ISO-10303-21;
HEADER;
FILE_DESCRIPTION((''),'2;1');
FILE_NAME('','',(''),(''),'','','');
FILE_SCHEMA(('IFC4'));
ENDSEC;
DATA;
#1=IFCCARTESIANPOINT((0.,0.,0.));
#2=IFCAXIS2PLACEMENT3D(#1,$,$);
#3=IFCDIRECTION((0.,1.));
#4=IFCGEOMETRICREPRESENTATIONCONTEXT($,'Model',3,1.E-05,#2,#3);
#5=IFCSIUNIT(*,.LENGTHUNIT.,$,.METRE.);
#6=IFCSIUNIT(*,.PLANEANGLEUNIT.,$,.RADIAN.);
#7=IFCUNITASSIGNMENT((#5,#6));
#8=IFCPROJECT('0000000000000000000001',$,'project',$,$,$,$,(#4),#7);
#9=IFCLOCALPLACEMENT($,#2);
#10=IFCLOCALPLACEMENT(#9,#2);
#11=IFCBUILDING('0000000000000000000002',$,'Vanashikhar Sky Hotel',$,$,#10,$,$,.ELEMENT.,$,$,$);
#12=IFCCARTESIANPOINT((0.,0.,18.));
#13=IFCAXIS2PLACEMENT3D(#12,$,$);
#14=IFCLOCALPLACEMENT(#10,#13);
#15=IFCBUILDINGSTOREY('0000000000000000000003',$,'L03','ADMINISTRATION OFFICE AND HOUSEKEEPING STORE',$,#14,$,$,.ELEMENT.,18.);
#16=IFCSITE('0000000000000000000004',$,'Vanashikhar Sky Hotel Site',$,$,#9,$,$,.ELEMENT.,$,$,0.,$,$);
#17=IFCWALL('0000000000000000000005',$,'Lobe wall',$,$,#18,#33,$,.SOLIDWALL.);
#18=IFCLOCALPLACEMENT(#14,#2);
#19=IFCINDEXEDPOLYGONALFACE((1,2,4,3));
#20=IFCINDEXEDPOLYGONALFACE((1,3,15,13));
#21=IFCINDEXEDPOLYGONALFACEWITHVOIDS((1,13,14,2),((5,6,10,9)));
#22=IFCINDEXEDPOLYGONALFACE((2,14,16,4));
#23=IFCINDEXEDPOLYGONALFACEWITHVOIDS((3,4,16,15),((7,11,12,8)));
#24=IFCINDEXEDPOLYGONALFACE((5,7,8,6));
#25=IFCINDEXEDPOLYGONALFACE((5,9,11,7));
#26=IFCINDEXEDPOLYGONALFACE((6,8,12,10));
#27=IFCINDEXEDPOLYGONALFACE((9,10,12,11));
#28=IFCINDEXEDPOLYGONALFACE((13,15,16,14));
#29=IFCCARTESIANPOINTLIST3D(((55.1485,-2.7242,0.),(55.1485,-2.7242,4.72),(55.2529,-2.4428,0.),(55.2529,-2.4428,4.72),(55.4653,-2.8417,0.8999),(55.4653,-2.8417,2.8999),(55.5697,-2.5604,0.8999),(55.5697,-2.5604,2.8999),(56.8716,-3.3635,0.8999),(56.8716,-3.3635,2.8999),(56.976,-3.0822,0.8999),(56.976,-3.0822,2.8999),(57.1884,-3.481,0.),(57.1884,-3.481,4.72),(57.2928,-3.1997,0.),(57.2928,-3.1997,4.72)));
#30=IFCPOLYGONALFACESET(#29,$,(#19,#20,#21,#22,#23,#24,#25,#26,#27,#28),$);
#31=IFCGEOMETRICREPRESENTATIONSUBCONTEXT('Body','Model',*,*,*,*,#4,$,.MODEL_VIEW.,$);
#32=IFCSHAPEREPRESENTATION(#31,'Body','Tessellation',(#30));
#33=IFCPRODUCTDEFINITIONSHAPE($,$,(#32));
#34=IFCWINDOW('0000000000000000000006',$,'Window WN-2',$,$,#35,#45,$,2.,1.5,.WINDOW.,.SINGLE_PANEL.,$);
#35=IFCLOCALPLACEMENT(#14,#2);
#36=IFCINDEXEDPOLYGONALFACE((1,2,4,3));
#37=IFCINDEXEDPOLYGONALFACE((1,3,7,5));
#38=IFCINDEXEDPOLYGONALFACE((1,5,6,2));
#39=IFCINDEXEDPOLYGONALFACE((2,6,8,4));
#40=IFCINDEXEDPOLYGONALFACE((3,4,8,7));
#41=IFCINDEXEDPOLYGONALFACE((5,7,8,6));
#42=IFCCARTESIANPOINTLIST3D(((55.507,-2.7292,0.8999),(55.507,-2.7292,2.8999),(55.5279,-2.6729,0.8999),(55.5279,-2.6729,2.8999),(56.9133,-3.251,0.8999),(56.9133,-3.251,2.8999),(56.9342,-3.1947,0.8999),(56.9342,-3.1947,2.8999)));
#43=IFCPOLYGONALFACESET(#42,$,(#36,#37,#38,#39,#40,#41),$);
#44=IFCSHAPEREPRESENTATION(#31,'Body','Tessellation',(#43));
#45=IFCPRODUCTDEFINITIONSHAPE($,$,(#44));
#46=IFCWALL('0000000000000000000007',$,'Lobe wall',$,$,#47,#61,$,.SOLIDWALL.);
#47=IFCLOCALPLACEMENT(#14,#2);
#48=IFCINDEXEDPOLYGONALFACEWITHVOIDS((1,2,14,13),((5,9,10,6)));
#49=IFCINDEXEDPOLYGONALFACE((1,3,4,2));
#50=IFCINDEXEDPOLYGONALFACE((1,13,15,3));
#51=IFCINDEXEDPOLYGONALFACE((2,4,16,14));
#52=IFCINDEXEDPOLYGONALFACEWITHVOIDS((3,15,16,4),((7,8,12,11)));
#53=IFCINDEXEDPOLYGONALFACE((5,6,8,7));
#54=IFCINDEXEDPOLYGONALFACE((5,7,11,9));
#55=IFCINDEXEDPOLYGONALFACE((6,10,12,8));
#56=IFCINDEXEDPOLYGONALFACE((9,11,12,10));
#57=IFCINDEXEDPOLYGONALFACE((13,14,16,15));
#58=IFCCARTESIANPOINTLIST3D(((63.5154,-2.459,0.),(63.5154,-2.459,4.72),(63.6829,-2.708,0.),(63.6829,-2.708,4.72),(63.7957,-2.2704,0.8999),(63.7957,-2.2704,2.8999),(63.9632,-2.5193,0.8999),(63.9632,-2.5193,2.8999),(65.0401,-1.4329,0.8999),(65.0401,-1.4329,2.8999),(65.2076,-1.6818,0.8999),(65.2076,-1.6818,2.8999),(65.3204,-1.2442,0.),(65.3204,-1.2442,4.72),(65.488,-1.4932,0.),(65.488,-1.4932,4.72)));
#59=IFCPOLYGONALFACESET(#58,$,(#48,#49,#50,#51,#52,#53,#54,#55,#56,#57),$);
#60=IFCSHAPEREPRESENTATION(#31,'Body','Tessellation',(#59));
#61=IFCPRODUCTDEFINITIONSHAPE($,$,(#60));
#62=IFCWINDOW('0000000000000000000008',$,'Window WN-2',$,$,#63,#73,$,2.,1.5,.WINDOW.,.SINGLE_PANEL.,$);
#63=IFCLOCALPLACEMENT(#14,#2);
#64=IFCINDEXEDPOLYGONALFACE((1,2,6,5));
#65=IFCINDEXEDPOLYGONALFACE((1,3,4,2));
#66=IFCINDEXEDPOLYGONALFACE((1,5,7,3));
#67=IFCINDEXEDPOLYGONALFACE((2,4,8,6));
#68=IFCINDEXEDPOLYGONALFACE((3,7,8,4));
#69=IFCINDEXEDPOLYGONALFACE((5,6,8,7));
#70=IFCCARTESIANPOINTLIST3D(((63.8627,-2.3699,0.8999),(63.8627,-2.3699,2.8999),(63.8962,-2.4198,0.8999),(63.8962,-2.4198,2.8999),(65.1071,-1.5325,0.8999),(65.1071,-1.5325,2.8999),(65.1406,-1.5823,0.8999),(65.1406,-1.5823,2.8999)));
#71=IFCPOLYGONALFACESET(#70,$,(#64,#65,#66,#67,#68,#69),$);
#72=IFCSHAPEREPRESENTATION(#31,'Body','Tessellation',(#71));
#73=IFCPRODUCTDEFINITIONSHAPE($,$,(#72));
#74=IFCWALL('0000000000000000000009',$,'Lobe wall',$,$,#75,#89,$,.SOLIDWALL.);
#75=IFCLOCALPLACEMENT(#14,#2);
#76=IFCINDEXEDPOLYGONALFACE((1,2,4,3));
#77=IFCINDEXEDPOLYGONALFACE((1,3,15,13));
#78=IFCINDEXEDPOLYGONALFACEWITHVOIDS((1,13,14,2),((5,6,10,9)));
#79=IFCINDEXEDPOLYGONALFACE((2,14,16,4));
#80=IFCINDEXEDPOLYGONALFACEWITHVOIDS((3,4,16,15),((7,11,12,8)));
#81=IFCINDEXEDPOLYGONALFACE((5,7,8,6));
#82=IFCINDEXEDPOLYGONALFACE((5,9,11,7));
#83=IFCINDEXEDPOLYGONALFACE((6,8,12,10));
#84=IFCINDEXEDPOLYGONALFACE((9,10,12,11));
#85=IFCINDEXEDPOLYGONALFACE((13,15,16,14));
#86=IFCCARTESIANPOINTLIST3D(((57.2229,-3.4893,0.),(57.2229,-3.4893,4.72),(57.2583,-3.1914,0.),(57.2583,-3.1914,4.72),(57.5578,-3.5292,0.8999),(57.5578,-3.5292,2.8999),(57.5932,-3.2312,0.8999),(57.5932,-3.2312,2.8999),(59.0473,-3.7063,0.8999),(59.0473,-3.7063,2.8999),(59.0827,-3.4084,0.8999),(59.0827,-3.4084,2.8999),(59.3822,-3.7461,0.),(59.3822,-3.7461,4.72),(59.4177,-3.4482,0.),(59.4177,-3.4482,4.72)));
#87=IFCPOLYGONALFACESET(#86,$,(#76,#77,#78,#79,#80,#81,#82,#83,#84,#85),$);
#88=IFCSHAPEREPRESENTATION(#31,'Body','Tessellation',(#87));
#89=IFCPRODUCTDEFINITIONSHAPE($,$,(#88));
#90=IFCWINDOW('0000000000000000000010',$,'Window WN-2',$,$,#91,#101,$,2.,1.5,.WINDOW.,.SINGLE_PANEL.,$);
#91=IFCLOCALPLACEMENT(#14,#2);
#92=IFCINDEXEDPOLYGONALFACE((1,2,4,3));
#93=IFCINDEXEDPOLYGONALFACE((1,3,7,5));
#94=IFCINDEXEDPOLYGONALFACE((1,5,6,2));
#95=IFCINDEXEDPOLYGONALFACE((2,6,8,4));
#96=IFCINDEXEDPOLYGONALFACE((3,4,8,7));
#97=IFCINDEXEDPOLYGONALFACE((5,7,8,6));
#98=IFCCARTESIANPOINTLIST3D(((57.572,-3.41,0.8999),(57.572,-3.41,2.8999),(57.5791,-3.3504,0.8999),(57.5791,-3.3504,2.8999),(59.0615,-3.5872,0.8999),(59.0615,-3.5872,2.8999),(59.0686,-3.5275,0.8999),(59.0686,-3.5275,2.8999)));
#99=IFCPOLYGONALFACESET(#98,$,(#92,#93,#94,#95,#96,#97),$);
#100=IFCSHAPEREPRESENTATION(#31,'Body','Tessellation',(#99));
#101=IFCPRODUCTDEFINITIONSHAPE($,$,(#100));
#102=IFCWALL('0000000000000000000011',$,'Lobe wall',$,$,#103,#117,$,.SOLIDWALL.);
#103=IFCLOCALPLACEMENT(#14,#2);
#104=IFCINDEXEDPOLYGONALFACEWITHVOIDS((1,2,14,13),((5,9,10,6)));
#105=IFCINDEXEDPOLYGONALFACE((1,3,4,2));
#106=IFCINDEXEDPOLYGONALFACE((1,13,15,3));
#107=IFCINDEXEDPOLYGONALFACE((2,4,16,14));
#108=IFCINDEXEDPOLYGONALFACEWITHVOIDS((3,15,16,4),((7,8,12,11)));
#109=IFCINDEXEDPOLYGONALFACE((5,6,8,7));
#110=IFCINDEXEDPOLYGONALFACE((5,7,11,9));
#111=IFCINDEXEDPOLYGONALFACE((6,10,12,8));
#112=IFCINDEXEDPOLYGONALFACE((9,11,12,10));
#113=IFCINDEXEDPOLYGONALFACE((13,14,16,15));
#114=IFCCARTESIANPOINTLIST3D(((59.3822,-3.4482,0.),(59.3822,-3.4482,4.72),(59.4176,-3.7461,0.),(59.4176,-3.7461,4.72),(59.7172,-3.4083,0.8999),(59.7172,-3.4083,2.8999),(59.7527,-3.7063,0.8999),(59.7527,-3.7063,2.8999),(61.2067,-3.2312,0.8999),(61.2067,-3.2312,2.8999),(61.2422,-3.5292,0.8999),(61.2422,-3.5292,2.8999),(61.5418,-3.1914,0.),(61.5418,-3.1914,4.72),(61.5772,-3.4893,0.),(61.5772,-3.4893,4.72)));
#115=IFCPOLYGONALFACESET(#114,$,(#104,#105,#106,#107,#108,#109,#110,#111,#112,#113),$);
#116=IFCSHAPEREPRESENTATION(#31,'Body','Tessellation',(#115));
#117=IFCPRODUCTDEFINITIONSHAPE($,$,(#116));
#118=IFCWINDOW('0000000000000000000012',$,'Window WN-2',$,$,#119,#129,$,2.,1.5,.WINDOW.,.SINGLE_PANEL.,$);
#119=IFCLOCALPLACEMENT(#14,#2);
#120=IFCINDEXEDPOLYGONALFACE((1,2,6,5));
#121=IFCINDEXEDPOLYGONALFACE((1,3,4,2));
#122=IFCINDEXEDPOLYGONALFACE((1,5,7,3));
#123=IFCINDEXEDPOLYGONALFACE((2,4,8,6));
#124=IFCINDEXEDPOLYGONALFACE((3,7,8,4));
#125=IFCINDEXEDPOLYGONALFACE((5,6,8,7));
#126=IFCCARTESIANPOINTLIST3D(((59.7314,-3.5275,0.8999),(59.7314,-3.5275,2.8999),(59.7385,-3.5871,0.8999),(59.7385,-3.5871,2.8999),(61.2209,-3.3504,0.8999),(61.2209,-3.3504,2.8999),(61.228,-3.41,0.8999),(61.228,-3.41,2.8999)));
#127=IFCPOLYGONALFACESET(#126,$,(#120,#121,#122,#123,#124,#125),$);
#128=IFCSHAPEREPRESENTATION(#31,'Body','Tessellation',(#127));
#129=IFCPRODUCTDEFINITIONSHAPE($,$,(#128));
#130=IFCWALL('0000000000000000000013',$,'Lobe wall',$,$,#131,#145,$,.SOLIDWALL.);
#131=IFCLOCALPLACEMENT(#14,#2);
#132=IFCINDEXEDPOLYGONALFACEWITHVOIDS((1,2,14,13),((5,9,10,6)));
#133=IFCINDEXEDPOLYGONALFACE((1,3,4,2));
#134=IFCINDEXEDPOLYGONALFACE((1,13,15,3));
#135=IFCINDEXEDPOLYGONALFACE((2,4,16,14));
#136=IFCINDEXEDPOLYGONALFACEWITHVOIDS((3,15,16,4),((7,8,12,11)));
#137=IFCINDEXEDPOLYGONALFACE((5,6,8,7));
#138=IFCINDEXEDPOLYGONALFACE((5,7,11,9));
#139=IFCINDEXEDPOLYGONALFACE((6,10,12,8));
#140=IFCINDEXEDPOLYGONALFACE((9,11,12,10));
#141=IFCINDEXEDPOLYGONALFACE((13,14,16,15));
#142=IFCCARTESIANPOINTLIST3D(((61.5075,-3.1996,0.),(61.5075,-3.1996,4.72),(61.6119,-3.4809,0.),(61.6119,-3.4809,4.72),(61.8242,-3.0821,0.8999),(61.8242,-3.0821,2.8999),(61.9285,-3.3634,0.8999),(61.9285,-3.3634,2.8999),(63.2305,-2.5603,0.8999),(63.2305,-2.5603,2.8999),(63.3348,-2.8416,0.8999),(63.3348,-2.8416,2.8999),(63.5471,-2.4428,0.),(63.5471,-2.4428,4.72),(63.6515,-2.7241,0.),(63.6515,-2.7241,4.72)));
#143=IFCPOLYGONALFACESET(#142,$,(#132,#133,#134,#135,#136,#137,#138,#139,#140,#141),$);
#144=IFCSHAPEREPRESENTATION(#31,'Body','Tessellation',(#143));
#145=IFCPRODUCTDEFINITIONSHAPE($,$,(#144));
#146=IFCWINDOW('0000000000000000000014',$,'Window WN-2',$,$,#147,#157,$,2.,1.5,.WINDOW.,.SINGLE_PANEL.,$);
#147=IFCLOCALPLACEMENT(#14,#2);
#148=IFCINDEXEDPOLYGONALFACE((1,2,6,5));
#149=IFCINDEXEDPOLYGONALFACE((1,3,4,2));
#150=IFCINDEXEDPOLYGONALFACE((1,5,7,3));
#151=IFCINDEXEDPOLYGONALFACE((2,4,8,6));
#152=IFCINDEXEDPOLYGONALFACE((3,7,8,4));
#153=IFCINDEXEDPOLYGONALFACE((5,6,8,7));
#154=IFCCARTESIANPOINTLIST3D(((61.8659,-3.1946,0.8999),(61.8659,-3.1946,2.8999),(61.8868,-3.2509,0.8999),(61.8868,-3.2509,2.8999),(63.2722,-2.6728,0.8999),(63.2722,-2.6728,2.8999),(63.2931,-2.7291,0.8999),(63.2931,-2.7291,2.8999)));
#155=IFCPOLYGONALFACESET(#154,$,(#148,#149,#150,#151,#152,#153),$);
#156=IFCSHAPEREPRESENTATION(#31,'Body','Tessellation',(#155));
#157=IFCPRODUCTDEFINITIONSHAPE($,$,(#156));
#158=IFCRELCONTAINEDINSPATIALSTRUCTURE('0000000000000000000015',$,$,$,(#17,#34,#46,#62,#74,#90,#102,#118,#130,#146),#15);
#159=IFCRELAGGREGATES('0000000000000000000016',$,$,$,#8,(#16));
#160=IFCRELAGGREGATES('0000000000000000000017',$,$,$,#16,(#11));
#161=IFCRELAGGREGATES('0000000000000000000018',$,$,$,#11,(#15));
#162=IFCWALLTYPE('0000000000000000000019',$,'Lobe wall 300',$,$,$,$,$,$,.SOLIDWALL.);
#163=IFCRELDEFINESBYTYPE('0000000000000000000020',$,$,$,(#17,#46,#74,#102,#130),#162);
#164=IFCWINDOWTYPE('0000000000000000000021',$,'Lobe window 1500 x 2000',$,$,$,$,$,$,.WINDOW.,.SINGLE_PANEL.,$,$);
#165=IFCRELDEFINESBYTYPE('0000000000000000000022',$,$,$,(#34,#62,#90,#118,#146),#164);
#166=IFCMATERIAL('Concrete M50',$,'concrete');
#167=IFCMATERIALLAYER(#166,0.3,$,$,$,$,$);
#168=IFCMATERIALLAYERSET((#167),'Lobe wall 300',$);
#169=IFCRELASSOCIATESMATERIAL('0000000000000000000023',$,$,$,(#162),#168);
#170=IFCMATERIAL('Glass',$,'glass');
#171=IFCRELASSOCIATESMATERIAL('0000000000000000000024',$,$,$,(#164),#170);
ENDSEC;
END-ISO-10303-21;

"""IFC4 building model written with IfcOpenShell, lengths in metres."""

from ifc_helpers import new_model, si_unit, direction, frame, frame_2d, origin, place, context, subcontext, project, spatial, rectangle, extrude, source, transform, mapped, material, layer, layer_set, type_object, element, fill, save


model = new_model("IFC4")

# Units and contexts
model_context = context("Model", 3, precision=1e-05, world=origin(), true_north=direction((0.0, 1.0)))
body_context = subcontext(model_context, "Body", "Model", "MODEL_VIEW")
ifc_project = project(units=[si_unit("LENGTHUNIT", "METRE"), si_unit("PLANEANGLEUNIT", "RADIAN")], contexts=[model_context])

# Site, building, storey
site_placement = place(None, origin())
site = spatial("IfcSite", under=ifc_project, at=site_placement, Name="Vanashikhar Sky Hotel Site", CompositionType="ELEMENT", RefElevation=0.0)
building_placement = place(site_placement, origin())
building = spatial("IfcBuilding", under=site, at=building_placement, Name="Vanashikhar Sky Hotel", CompositionType="ELEMENT")
storey_placement = place(building_placement, frame((0.0, 0.0, 18.0)))
storey = spatial("IfcBuildingStorey", under=building, at=storey_placement, Name="L03", Description="ADMINISTRATION OFFICE AND HOUSEKEEPING STORE", CompositionType="ELEMENT", Elevation=18.0)

# Shared definitions
ifc_material_1 = material(Name="Concrete M50", Category="concrete")

# Shared definitions
ifc_layer_1 = layer(ifc_material_1, 0.3)
ifc_layer_set_1 = layer_set([ifc_layer_1], Name="Lobe wall 300")
wall_type_1 = type_object("IfcWallType", Name="Lobe wall 300", PredefinedType="SOLIDWALL", material=ifc_layer_set_1)

# Walls, openings, windows
shared_shape_1 = source(origin(), body_context, "Body", "SweptSolid", [
    extrude(rectangle(XDim=1.5, YDim=2.0, at=frame_2d((0.75, 1.0))), frame((0.0, 0.1602, 0.0), z_axis=(0.0, -1.0, 0.0), x_axis=(1.0, 0.0, 0.0)), (0.0, 0.0, 1.0), 0.3201),
])
ifc_material_2 = material(Name="Glass", Category="glass")
window_type = type_object("IfcWindowType", Name="Lobe window 1500 x 2000", PartitioningType="SINGLE_PANEL", PredefinedType="WINDOW", material=ifc_material_2)
shared_shape_2 = source(origin(), body_context, "Body", "SweptSolid", [
    extrude(rectangle(XDim=1.5, YDim=2.0, at=frame_2d((0.75, 1.0))), frame((0.0, 0.03, 0.0), z_axis=(0.0, -1.0, 0.0), x_axis=(1.0, 0.0, 0.0)), (0.0, 0.0, 1.0), 0.0601),
])
shared_shape_3 = source(origin(), body_context, "Body", "SweptSolid", [
    extrude(rectangle(XDim=2.1758, YDim=0.3, at=frame_2d((1.0879, 0.0))), origin(), (0.0, 0.0, 1.0), 4.72),
])
wall_1_placement = place(storey_placement, frame((55.2007, -2.5835, 0.0), z_axis=(0.0, 0.0, 1.0), x_axis=(0.937546, -0.347863, 0.0)))
wall_1 = element("IfcWall", 1, at=wall_1_placement, inside=storey, type_object=wall_type_1, Name="Lobe wall", PredefinedType="SOLIDWALL", context=body_context, shape_type="MappedRepresentation", body=[
    mapped(shared_shape_3, transform((0.0, 0.0, 0.0), scale=1.0)),
])
opening_1_placement = place(wall_1_placement, frame((0.3379, 0.0, 0.8999)))
opening_1 = element("IfcOpeningElement", 2, at=opening_1_placement, cuts=wall_1, PredefinedType="OPENING", context=body_context, shape_type="MappedRepresentation", body=[
    mapped(shared_shape_1, transform((0.0, 0.0, 0.0), scale=1.0)),
])
window_1_placement = place(opening_1_placement, origin())
window_1 = element("IfcWindow", 3, at=window_1_placement, inside=storey, type_object=window_type, Name="Window WN-2", OverallHeight=2.0, OverallWidth=1.5, PartitioningType="SINGLE_PANEL", PredefinedType="WINDOW", context=body_context, shape_type="MappedRepresentation", body=[
    mapped(shared_shape_2, transform((0.0, 0.0, 0.0), scale=1.0)),
])
fill(opening_1, window_1)
wall_2_placement = place(storey_placement, frame((63.5991, -2.5835, 0.0), z_axis=(0.0, 0.0, 1.0), x_axis=(0.829626, 0.55832, 0.0)))
wall_2 = element("IfcWall", 4, at=wall_2_placement, inside=storey, type_object=wall_type_1, Name="Lobe wall", PredefinedType="SOLIDWALL", context=body_context, shape_type="MappedRepresentation", body=[
    mapped(shared_shape_3, transform((0.0, 0.0, 0.0), scale=1.0)),
])
opening_2_placement = place(wall_2_placement, frame((0.3379, 0.0, 0.8999)))
opening_2 = element("IfcOpeningElement", 5, at=opening_2_placement, cuts=wall_2, PredefinedType="OPENING", context=body_context, shape_type="MappedRepresentation", body=[
    mapped(shared_shape_1, transform((0.0, 0.0, 0.0), scale=1.0)),
])
window_2_placement = place(opening_2_placement, origin())
window_2 = element("IfcWindow", 6, at=window_2_placement, inside=storey, type_object=window_type, Name="Window WN-2", OverallHeight=2.0, OverallWidth=1.5, PartitioningType="SINGLE_PANEL", PredefinedType="WINDOW", context=body_context, shape_type="MappedRepresentation", body=[
    mapped(shared_shape_2, transform((0.0, 0.0, 0.0), scale=1.0)),
])
fill(opening_2, window_2)
shared_shape_4 = source(origin(), body_context, "Body", "SweptSolid", [
    extrude(rectangle(XDim=2.1746, YDim=0.3, at=frame_2d((1.0874, 0.0))), origin(), (0.0, 0.0, 1.0), 4.72),
])
wall_3_placement = place(storey_placement, frame((57.2405, -3.3403, 0.0), z_axis=(0.0, 0.0, 1.0), x_axis=(0.993001, -0.118105, 0.0)))
wall_3 = element("IfcWall", 7, at=wall_3_placement, inside=storey, type_object=wall_type_1, Name="Lobe wall", PredefinedType="SOLIDWALL", context=body_context, shape_type="MappedRepresentation", body=[
    mapped(shared_shape_4, transform((0.0, 0.0, 0.0), scale=1.0)),
])
opening_3_placement = place(wall_3_placement, frame((0.3374, 0.0, 0.8999)))
opening_3 = element("IfcOpeningElement", 8, at=opening_3_placement, cuts=wall_3, PredefinedType="OPENING", context=body_context, shape_type="MappedRepresentation", body=[
    mapped(shared_shape_1, transform((0.0, 0.0, 0.0), scale=1.0)),
])
window_3_placement = place(opening_3_placement, origin())
window_3 = element("IfcWindow", 9, at=window_3_placement, inside=storey, type_object=window_type, Name="Window WN-2", OverallHeight=2.0, OverallWidth=1.5, PartitioningType="SINGLE_PANEL", PredefinedType="WINDOW", context=body_context, shape_type="MappedRepresentation", body=[
    mapped(shared_shape_2, transform((0.0, 0.0, 0.0), scale=1.0)),
])
fill(opening_3, window_3)
shared_shape_5 = source(origin(), body_context, "Body", "SweptSolid", [
    extrude(rectangle(XDim=2.1748, YDim=0.3, at=frame_2d((1.0874, 0.0))), origin(), (0.0, 0.0, 1.0), 4.72),
])
wall_4_placement = place(storey_placement, frame((59.3999, -3.5972, 0.0), z_axis=(0.0, 0.0, 1.0), x_axis=(0.993003, 0.118092, 0.0)))
wall_4 = element("IfcWall", 10, at=wall_4_placement, inside=storey, type_object=wall_type_1, Name="Lobe wall", PredefinedType="SOLIDWALL", context=body_context, shape_type="MappedRepresentation", body=[
    mapped(shared_shape_5, transform((0.0, 0.0, 0.0), scale=1.0)),
])
opening_4_placement = place(wall_4_placement, frame((0.3374, 0.0, 0.8999)))
opening_4 = element("IfcOpeningElement", 11, at=opening_4_placement, cuts=wall_4, PredefinedType="OPENING", context=body_context, shape_type="MappedRepresentation", body=[
    mapped(shared_shape_1, transform((0.0, 0.0, 0.0), scale=1.0)),
])
window_4_placement = place(opening_4_placement, origin())
window_4 = element("IfcWindow", 12, at=window_4_placement, inside=storey, type_object=window_type, Name="Window WN-2", OverallHeight=2.0, OverallWidth=1.5, PartitioningType="SINGLE_PANEL", PredefinedType="WINDOW", context=body_context, shape_type="MappedRepresentation", body=[
    mapped(shared_shape_2, transform((0.0, 0.0, 0.0), scale=1.0)),
])
fill(opening_4, window_4)
shared_shape_6 = source(origin(), body_context, "Body", "SweptSolid", [
    extrude(rectangle(XDim=2.1755, YDim=0.3, at=frame_2d((1.0879, 0.0))), origin(), (0.0, 0.0, 1.0), 4.72),
])
wall_5_placement = place(storey_placement, frame((61.5596, -3.3403, 0.0), z_axis=(0.0, 0.0, 1.0), x_axis=(0.937532, 0.347899, 0.0)))
wall_5 = element("IfcWall", 13, at=wall_5_placement, inside=storey, type_object=wall_type_1, Name="Lobe wall", PredefinedType="SOLIDWALL", context=body_context, shape_type="MappedRepresentation", body=[
    mapped(shared_shape_6, transform((0.0, 0.0, 0.0), scale=1.0)),
])
opening_5_placement = place(wall_5_placement, frame((0.3379, 0.0, 0.8999)))
opening_5 = element("IfcOpeningElement", 14, at=opening_5_placement, cuts=wall_5, PredefinedType="OPENING", context=body_context, shape_type="MappedRepresentation", body=[
    mapped(shared_shape_1, transform((0.0, 0.0, 0.0), scale=1.0)),
])
window_5_placement = place(opening_5_placement, origin())
window_5 = element("IfcWindow", 15, at=window_5_placement, inside=storey, type_object=window_type, Name="Window WN-2", OverallHeight=2.0, OverallWidth=1.5, PartitioningType="SINGLE_PANEL", PredefinedType="WINDOW", context=body_context, shape_type="MappedRepresentation", body=[
    mapped(shared_shape_2, transform((0.0, 0.0, 0.0), scale=1.0)),
])
fill(opening_5, window_5)

save(model, "model.ifc")
